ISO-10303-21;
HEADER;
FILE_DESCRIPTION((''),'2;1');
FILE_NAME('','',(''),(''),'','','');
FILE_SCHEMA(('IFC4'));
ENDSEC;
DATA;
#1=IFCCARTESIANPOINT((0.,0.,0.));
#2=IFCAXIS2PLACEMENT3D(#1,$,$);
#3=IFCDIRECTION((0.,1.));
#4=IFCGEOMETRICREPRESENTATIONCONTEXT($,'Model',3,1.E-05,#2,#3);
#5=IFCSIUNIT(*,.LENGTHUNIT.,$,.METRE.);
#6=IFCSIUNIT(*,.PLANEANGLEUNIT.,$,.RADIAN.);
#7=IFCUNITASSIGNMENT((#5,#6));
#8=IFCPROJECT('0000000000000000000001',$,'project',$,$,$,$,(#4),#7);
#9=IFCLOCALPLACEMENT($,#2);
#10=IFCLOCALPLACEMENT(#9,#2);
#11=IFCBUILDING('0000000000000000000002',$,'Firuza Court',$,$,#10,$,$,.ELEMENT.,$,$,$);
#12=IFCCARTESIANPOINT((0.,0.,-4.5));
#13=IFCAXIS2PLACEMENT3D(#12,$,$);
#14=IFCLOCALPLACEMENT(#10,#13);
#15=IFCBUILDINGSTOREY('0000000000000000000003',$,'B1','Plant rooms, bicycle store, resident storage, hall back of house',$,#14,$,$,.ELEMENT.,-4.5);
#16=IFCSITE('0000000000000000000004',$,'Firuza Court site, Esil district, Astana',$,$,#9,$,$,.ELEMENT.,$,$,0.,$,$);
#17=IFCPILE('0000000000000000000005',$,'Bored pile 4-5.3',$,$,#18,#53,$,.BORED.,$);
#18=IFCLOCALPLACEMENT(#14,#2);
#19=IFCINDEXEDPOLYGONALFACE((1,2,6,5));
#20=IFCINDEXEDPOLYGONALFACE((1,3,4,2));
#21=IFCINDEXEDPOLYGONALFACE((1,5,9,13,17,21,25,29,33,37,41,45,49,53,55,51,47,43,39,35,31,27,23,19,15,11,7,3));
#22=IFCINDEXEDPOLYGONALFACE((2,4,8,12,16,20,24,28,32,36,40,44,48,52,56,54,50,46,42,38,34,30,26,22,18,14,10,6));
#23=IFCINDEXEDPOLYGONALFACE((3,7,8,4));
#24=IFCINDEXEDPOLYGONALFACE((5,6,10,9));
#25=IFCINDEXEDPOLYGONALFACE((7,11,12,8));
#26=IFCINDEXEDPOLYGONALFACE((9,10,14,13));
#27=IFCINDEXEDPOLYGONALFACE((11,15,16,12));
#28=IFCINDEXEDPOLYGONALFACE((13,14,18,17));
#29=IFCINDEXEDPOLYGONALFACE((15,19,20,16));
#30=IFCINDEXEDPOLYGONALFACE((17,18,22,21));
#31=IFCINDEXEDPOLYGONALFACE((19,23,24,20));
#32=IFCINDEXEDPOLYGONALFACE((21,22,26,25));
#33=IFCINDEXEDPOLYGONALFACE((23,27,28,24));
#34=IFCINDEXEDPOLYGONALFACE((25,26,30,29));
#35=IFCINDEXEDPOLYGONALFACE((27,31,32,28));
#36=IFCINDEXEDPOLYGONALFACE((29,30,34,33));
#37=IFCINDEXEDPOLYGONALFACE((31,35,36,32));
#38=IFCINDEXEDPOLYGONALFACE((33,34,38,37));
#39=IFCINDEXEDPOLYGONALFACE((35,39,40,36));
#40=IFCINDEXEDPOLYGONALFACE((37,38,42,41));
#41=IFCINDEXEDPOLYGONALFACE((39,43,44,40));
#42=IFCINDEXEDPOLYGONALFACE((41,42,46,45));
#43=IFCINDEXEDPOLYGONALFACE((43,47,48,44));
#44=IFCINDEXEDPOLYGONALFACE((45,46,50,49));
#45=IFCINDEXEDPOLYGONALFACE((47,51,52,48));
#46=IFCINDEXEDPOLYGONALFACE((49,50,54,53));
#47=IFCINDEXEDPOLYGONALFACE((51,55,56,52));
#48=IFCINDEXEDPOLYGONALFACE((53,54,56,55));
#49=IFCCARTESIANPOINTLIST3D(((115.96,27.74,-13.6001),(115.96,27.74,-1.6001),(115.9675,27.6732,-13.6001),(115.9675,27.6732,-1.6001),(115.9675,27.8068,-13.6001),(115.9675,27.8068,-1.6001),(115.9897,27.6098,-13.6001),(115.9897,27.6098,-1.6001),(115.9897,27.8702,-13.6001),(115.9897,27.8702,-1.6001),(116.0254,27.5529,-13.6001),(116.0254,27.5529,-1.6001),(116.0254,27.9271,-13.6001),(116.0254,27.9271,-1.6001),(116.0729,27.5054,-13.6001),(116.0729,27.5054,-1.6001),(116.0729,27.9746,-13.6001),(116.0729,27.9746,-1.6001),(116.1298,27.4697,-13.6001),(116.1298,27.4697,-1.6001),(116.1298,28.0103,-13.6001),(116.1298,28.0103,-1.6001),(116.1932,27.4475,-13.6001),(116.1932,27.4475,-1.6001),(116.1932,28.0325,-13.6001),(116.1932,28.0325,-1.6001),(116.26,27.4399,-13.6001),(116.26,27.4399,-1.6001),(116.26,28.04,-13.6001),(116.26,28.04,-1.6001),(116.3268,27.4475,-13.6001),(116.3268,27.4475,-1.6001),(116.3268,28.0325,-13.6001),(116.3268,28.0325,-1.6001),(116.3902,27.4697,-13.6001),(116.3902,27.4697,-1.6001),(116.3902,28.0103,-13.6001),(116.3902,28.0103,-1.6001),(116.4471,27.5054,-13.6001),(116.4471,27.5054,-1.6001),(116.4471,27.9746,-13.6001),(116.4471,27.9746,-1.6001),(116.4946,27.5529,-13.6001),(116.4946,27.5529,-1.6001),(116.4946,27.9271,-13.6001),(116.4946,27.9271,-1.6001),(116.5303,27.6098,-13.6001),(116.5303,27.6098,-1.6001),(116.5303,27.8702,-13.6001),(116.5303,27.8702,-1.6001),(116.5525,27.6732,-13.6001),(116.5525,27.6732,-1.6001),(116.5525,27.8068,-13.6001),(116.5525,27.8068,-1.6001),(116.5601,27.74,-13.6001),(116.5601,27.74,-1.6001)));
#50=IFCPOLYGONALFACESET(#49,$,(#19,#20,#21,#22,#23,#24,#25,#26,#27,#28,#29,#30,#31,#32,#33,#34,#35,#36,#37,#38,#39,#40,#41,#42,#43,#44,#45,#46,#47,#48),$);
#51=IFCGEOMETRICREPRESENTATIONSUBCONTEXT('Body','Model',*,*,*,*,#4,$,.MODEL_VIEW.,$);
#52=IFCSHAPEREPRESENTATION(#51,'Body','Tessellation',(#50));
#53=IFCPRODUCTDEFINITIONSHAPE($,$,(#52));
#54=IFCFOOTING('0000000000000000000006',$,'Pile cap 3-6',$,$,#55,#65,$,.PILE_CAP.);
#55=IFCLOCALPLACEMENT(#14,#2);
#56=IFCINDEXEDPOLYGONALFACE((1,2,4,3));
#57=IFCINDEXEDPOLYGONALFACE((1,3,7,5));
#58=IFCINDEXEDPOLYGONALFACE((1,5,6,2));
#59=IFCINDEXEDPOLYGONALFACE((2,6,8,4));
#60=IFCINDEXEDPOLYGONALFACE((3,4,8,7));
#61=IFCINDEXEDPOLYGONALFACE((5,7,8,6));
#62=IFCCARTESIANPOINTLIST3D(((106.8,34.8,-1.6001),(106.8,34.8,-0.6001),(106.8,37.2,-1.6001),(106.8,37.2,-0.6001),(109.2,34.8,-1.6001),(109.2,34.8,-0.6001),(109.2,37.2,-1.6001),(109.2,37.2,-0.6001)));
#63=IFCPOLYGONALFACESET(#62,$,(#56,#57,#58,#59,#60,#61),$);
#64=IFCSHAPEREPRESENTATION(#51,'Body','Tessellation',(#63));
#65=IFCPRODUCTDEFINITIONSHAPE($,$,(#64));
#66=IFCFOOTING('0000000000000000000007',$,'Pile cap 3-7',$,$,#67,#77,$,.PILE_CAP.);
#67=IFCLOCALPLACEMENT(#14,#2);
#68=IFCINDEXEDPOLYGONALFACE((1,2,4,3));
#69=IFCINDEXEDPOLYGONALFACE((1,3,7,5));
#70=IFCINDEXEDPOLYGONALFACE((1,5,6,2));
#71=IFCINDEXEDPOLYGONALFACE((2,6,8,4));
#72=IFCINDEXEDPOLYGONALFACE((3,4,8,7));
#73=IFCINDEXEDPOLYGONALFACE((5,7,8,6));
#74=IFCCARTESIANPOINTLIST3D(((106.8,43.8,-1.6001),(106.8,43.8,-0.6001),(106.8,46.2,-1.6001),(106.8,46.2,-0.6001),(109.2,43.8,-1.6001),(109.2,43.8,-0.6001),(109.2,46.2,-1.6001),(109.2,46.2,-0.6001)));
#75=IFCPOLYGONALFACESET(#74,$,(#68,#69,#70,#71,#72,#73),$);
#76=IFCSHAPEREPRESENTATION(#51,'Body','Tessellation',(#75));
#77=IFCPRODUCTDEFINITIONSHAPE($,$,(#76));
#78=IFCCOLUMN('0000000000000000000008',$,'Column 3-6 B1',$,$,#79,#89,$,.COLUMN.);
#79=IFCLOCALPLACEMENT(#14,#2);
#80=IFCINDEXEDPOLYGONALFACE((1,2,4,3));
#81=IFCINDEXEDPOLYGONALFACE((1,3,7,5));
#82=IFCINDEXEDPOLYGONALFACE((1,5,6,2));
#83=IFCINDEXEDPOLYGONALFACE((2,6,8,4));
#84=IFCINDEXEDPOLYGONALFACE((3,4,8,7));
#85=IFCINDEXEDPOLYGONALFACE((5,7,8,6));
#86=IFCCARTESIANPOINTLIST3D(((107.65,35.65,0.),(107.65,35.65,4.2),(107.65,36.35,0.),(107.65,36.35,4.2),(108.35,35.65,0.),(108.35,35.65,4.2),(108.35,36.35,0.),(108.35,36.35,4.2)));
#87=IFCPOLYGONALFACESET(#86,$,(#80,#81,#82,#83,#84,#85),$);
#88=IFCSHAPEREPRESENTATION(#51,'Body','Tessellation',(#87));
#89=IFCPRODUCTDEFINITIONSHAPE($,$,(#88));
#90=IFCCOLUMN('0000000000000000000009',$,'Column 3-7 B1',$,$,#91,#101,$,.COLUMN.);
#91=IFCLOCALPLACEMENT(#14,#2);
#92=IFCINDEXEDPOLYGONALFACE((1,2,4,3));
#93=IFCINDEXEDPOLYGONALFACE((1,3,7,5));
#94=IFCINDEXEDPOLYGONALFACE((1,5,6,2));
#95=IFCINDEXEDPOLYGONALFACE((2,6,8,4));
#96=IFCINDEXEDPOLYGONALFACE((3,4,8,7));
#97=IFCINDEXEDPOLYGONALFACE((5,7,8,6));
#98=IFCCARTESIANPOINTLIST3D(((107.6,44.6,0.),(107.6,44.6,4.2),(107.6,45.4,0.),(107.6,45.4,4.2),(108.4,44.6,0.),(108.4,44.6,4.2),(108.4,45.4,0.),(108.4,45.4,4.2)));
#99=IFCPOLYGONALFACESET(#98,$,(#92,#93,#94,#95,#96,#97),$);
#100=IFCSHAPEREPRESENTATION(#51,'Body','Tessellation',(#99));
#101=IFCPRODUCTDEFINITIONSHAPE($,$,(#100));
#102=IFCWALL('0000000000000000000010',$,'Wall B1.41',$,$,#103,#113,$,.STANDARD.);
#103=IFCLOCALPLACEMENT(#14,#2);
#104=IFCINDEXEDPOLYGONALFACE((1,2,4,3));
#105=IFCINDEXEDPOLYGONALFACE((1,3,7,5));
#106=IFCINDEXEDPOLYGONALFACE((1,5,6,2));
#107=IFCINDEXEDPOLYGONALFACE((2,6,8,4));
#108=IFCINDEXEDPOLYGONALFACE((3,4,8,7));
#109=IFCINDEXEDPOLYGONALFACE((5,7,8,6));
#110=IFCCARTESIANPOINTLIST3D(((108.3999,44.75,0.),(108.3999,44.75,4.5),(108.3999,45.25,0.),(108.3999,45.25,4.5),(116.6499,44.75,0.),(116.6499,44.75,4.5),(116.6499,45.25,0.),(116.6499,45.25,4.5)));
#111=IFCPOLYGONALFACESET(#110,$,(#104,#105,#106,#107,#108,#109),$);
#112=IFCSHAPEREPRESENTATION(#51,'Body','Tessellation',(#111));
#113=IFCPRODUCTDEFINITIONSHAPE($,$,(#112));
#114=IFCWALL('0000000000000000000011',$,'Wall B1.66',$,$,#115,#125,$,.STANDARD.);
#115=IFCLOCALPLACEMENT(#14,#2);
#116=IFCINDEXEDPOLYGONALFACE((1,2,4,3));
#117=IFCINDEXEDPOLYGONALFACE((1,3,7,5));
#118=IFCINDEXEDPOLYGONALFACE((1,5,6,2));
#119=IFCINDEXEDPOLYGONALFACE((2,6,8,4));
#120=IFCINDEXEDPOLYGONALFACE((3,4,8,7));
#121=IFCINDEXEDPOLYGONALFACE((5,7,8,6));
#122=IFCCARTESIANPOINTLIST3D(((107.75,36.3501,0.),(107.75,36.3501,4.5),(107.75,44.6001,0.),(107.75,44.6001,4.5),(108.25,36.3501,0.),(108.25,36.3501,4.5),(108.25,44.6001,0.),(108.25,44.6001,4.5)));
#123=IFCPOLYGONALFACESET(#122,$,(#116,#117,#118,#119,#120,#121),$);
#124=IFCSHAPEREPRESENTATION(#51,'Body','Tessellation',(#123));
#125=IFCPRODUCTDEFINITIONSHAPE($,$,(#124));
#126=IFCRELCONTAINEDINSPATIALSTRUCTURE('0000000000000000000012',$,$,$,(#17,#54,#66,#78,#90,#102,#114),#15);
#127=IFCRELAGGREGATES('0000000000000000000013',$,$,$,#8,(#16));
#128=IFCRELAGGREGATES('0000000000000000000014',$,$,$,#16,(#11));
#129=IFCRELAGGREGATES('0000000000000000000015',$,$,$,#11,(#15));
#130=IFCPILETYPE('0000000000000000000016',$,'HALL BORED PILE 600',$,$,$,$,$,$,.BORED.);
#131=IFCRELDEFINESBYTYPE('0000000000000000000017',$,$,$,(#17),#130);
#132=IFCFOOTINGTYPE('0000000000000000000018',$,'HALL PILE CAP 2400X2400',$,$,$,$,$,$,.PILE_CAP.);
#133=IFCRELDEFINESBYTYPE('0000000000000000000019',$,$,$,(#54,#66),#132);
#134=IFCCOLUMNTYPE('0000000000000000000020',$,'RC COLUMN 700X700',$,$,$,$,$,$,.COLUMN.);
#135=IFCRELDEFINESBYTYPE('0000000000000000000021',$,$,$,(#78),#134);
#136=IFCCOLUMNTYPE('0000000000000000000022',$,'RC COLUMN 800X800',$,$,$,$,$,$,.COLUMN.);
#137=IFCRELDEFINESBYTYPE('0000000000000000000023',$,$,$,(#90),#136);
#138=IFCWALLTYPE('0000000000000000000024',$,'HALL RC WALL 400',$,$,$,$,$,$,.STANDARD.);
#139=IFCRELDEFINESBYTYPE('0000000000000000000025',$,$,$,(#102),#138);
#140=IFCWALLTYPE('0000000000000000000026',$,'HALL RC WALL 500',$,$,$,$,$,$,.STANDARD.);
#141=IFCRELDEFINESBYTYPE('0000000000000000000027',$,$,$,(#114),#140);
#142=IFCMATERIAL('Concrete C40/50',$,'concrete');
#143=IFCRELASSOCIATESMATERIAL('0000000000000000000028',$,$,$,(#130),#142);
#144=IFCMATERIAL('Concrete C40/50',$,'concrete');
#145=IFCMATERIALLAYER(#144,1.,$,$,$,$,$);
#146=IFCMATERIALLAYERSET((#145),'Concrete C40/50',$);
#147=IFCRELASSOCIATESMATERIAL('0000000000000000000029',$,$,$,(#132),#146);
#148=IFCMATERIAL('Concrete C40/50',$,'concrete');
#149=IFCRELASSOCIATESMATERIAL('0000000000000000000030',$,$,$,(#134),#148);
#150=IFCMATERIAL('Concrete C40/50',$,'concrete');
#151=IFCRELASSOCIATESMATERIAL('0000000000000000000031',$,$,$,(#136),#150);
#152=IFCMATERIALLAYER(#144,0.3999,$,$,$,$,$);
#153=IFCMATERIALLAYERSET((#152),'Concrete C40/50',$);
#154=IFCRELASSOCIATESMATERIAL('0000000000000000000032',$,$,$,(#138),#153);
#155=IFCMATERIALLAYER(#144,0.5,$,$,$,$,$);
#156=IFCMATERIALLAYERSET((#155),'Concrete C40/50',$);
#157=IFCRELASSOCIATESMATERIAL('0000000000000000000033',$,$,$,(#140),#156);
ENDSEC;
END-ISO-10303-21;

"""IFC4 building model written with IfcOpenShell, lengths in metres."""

from ifc_helpers import new_model, si_unit, direction, frame, frame_2d, origin, origin_2d, place, context, subcontext, project, spatial, rectangle, circle, extrude, material, layer, layer_set, material_profile, profile_set, type_object, element, save


model = new_model("IFC4")

# Units and contexts
model_context = context("Model", 3, precision=1e-05, world=origin(), true_north=direction((0.0, 1.0)))
body_context = subcontext(model_context, "Body", "Model", "MODEL_VIEW")
ifc_project = project(units=[si_unit("LENGTHUNIT", "METRE"), si_unit("PLANEANGLEUNIT", "RADIAN")], contexts=[model_context])

# Site, building, storey
site_placement = place(None, origin())
site = spatial("IfcSite", under=ifc_project, at=site_placement, Name="Firuza Court site, Esil district, Astana", CompositionType="ELEMENT", RefElevation=0.0)
building_placement = place(site_placement, origin())
building = spatial("IfcBuilding", under=site, at=building_placement, Name="Firuza Court", CompositionType="ELEMENT")
storey_placement = place(building_placement, frame((0.0, 0.0, -4.5)))
storey = spatial("IfcBuildingStorey", under=building, at=storey_placement, Name="B1", Description="Plant rooms, bicycle store, resident storage, hall back of house", CompositionType="ELEMENT", Elevation=-4.5)

# Pile
ifc_material_1 = material(Name="Concrete C40/50", Category="concrete")
ifc_material_profile_1 = material_profile(ifc_material_1, circle(Radius=0.3, at=origin_2d()), Name="PILE 600")
ifc_profile_set_1 = profile_set([ifc_material_profile_1], Name="Concrete C40/50")
pile_type = type_object("IfcPileType", Name="HALL BORED PILE 600", PredefinedType="BORED", material=ifc_profile_set_1)
for number, where, z_axis, x_axis, name in (
    (1, (116.26, 27.74, -1.6001), (0.0, 0.0, -1.0), (1.0, 0.0, 0.0), "Bored pile 4-5.3"),
):
    element("IfcPile", number, at=place(storey_placement, frame(where, z_axis=z_axis, x_axis=x_axis)), inside=storey, type_object=pile_type, Name=name, PredefinedType="BORED", context=body_context, shape_type="SweptSolid", body=[
        extrude(circle(Radius=0.3, at=origin_2d()), origin(), (0.0, 0.0, 1.0), 12.0),
    ])

# Footings
ifc_material_2 = material(Name="Concrete C40/50", Category="concrete")
ifc_layer_1 = layer(ifc_material_2, 1.0)
ifc_layer_set_1 = layer_set([ifc_layer_1], Name="Concrete C40/50")
footing_type = type_object("IfcFootingType", Name="HALL PILE CAP 2400X2400", PredefinedType="PILE_CAP", material=ifc_layer_set_1)
for number, where, z_axis, x_axis, name in (
    (2, (108.0, 36.0, -1.6001), (0.0, 0.0, 1.0), (1.0, 0.0, 0.0), "Pile cap 3-6"),
    (3, (108.0, 45.0, -1.6001), (0.0, 0.0, 1.0), (1.0, 0.0, 0.0), "Pile cap 3-7"),
):
    element("IfcFooting", number, at=place(storey_placement, frame(where, z_axis=z_axis, x_axis=x_axis)), inside=storey, type_object=footing_type, Name=name, PredefinedType="PILE_CAP", context=body_context, shape_type="SweptSolid", body=[
        extrude(rectangle(XDim=2.3999, YDim=2.3999, at=origin_2d()), origin(), (0.0, 0.0, 1.0), 1.0),
    ])

# Columns
ifc_material_3 = material(Name="Concrete C40/50", Category="concrete")
ifc_material_profile_2 = material_profile(ifc_material_3, rectangle(XDim=0.7, YDim=0.7, at=origin_2d()), Name="RC 700X700")
ifc_profile_set_2 = profile_set([ifc_material_profile_2], Name="Concrete C40/50")
column_type_1 = type_object("IfcColumnType", Name="RC COLUMN 700X700", PredefinedType="COLUMN", material=ifc_profile_set_2)
column_1_placement = place(storey_placement, frame((108.0, 36.0, 0.0), z_axis=(0.0, 0.0, 1.0), x_axis=(1.0, 0.0, 0.0)))
element("IfcColumn", 4, at=column_1_placement, inside=storey, type_object=column_type_1, Name="Column 3-6 B1", PredefinedType="COLUMN", context=body_context, shape_type="SweptSolid", body=[
    extrude(rectangle(XDim=0.7, YDim=0.7, at=origin_2d()), origin(), (0.0, 0.0, 1.0), 4.2),
])
ifc_material_4 = material(Name="Concrete C40/50", Category="concrete")
ifc_material_profile_3 = material_profile(ifc_material_4, rectangle(XDim=0.8, YDim=0.8, at=origin_2d()), Name="RC 800X800")
ifc_profile_set_3 = profile_set([ifc_material_profile_3], Name="Concrete C40/50")
column_type_2 = type_object("IfcColumnType", Name="RC COLUMN 800X800", PredefinedType="COLUMN", material=ifc_profile_set_3)
column_2_placement = place(storey_placement, frame((108.0, 45.0, 0.0), z_axis=(0.0, 0.0, 1.0), x_axis=(1.0, 0.0, 0.0)))
element("IfcColumn", 5, at=column_2_placement, inside=storey, type_object=column_type_2, Name="Column 3-7 B1", PredefinedType="COLUMN", context=body_context, shape_type="SweptSolid", body=[
    extrude(rectangle(XDim=0.8, YDim=0.8, at=origin_2d()), origin(), (0.0, 0.0, 1.0), 4.2),
])

# Walls
ifc_layer_2 = layer(ifc_material_2, 0.3999)
ifc_layer_set_2 = layer_set([ifc_layer_2], Name="Concrete C40/50")
wall_type_1 = type_object("IfcWallType", Name="HALL RC WALL 400", PredefinedType="STANDARD", material=ifc_layer_set_2)
wall_1_placement = place(storey_placement, frame((108.3999, 45.0, 0.0), z_axis=(0.0, 0.0, 1.0), x_axis=(1.0, 0.0, 0.0)))
element("IfcWall", 6, at=wall_1_placement, inside=storey, type_object=wall_type_1, Name="Wall B1.41", PredefinedType="STANDARD", context=body_context, shape_type="SweptSolid", body=[
    extrude(rectangle(XDim=8.25, YDim=0.5, at=frame_2d((4.125, 0.0))), origin(), (0.0, 0.0, 1.0), 4.5),
])
ifc_layer_3 = layer(ifc_material_2, 0.5)
ifc_layer_set_3 = layer_set([ifc_layer_3], Name="Concrete C40/50")
wall_type_2 = type_object("IfcWallType", Name="HALL RC WALL 500", PredefinedType="STANDARD", material=ifc_layer_set_3)
wall_2_placement = place(storey_placement, frame((108.0, 36.3501, 0.0), z_axis=(0.0, 0.0, 1.0), x_axis=(0.0, 1.0, 0.0)))
element("IfcWall", 7, at=wall_2_placement, inside=storey, type_object=wall_type_2, Name="Wall B1.66", PredefinedType="STANDARD", context=body_context, shape_type="SweptSolid", body=[
    extrude(rectangle(XDim=8.25, YDim=0.5, at=frame_2d((4.125, 0.0))), origin(), (0.0, 0.0, 1.0), 4.5),
])

save(model, "model.ifc")
